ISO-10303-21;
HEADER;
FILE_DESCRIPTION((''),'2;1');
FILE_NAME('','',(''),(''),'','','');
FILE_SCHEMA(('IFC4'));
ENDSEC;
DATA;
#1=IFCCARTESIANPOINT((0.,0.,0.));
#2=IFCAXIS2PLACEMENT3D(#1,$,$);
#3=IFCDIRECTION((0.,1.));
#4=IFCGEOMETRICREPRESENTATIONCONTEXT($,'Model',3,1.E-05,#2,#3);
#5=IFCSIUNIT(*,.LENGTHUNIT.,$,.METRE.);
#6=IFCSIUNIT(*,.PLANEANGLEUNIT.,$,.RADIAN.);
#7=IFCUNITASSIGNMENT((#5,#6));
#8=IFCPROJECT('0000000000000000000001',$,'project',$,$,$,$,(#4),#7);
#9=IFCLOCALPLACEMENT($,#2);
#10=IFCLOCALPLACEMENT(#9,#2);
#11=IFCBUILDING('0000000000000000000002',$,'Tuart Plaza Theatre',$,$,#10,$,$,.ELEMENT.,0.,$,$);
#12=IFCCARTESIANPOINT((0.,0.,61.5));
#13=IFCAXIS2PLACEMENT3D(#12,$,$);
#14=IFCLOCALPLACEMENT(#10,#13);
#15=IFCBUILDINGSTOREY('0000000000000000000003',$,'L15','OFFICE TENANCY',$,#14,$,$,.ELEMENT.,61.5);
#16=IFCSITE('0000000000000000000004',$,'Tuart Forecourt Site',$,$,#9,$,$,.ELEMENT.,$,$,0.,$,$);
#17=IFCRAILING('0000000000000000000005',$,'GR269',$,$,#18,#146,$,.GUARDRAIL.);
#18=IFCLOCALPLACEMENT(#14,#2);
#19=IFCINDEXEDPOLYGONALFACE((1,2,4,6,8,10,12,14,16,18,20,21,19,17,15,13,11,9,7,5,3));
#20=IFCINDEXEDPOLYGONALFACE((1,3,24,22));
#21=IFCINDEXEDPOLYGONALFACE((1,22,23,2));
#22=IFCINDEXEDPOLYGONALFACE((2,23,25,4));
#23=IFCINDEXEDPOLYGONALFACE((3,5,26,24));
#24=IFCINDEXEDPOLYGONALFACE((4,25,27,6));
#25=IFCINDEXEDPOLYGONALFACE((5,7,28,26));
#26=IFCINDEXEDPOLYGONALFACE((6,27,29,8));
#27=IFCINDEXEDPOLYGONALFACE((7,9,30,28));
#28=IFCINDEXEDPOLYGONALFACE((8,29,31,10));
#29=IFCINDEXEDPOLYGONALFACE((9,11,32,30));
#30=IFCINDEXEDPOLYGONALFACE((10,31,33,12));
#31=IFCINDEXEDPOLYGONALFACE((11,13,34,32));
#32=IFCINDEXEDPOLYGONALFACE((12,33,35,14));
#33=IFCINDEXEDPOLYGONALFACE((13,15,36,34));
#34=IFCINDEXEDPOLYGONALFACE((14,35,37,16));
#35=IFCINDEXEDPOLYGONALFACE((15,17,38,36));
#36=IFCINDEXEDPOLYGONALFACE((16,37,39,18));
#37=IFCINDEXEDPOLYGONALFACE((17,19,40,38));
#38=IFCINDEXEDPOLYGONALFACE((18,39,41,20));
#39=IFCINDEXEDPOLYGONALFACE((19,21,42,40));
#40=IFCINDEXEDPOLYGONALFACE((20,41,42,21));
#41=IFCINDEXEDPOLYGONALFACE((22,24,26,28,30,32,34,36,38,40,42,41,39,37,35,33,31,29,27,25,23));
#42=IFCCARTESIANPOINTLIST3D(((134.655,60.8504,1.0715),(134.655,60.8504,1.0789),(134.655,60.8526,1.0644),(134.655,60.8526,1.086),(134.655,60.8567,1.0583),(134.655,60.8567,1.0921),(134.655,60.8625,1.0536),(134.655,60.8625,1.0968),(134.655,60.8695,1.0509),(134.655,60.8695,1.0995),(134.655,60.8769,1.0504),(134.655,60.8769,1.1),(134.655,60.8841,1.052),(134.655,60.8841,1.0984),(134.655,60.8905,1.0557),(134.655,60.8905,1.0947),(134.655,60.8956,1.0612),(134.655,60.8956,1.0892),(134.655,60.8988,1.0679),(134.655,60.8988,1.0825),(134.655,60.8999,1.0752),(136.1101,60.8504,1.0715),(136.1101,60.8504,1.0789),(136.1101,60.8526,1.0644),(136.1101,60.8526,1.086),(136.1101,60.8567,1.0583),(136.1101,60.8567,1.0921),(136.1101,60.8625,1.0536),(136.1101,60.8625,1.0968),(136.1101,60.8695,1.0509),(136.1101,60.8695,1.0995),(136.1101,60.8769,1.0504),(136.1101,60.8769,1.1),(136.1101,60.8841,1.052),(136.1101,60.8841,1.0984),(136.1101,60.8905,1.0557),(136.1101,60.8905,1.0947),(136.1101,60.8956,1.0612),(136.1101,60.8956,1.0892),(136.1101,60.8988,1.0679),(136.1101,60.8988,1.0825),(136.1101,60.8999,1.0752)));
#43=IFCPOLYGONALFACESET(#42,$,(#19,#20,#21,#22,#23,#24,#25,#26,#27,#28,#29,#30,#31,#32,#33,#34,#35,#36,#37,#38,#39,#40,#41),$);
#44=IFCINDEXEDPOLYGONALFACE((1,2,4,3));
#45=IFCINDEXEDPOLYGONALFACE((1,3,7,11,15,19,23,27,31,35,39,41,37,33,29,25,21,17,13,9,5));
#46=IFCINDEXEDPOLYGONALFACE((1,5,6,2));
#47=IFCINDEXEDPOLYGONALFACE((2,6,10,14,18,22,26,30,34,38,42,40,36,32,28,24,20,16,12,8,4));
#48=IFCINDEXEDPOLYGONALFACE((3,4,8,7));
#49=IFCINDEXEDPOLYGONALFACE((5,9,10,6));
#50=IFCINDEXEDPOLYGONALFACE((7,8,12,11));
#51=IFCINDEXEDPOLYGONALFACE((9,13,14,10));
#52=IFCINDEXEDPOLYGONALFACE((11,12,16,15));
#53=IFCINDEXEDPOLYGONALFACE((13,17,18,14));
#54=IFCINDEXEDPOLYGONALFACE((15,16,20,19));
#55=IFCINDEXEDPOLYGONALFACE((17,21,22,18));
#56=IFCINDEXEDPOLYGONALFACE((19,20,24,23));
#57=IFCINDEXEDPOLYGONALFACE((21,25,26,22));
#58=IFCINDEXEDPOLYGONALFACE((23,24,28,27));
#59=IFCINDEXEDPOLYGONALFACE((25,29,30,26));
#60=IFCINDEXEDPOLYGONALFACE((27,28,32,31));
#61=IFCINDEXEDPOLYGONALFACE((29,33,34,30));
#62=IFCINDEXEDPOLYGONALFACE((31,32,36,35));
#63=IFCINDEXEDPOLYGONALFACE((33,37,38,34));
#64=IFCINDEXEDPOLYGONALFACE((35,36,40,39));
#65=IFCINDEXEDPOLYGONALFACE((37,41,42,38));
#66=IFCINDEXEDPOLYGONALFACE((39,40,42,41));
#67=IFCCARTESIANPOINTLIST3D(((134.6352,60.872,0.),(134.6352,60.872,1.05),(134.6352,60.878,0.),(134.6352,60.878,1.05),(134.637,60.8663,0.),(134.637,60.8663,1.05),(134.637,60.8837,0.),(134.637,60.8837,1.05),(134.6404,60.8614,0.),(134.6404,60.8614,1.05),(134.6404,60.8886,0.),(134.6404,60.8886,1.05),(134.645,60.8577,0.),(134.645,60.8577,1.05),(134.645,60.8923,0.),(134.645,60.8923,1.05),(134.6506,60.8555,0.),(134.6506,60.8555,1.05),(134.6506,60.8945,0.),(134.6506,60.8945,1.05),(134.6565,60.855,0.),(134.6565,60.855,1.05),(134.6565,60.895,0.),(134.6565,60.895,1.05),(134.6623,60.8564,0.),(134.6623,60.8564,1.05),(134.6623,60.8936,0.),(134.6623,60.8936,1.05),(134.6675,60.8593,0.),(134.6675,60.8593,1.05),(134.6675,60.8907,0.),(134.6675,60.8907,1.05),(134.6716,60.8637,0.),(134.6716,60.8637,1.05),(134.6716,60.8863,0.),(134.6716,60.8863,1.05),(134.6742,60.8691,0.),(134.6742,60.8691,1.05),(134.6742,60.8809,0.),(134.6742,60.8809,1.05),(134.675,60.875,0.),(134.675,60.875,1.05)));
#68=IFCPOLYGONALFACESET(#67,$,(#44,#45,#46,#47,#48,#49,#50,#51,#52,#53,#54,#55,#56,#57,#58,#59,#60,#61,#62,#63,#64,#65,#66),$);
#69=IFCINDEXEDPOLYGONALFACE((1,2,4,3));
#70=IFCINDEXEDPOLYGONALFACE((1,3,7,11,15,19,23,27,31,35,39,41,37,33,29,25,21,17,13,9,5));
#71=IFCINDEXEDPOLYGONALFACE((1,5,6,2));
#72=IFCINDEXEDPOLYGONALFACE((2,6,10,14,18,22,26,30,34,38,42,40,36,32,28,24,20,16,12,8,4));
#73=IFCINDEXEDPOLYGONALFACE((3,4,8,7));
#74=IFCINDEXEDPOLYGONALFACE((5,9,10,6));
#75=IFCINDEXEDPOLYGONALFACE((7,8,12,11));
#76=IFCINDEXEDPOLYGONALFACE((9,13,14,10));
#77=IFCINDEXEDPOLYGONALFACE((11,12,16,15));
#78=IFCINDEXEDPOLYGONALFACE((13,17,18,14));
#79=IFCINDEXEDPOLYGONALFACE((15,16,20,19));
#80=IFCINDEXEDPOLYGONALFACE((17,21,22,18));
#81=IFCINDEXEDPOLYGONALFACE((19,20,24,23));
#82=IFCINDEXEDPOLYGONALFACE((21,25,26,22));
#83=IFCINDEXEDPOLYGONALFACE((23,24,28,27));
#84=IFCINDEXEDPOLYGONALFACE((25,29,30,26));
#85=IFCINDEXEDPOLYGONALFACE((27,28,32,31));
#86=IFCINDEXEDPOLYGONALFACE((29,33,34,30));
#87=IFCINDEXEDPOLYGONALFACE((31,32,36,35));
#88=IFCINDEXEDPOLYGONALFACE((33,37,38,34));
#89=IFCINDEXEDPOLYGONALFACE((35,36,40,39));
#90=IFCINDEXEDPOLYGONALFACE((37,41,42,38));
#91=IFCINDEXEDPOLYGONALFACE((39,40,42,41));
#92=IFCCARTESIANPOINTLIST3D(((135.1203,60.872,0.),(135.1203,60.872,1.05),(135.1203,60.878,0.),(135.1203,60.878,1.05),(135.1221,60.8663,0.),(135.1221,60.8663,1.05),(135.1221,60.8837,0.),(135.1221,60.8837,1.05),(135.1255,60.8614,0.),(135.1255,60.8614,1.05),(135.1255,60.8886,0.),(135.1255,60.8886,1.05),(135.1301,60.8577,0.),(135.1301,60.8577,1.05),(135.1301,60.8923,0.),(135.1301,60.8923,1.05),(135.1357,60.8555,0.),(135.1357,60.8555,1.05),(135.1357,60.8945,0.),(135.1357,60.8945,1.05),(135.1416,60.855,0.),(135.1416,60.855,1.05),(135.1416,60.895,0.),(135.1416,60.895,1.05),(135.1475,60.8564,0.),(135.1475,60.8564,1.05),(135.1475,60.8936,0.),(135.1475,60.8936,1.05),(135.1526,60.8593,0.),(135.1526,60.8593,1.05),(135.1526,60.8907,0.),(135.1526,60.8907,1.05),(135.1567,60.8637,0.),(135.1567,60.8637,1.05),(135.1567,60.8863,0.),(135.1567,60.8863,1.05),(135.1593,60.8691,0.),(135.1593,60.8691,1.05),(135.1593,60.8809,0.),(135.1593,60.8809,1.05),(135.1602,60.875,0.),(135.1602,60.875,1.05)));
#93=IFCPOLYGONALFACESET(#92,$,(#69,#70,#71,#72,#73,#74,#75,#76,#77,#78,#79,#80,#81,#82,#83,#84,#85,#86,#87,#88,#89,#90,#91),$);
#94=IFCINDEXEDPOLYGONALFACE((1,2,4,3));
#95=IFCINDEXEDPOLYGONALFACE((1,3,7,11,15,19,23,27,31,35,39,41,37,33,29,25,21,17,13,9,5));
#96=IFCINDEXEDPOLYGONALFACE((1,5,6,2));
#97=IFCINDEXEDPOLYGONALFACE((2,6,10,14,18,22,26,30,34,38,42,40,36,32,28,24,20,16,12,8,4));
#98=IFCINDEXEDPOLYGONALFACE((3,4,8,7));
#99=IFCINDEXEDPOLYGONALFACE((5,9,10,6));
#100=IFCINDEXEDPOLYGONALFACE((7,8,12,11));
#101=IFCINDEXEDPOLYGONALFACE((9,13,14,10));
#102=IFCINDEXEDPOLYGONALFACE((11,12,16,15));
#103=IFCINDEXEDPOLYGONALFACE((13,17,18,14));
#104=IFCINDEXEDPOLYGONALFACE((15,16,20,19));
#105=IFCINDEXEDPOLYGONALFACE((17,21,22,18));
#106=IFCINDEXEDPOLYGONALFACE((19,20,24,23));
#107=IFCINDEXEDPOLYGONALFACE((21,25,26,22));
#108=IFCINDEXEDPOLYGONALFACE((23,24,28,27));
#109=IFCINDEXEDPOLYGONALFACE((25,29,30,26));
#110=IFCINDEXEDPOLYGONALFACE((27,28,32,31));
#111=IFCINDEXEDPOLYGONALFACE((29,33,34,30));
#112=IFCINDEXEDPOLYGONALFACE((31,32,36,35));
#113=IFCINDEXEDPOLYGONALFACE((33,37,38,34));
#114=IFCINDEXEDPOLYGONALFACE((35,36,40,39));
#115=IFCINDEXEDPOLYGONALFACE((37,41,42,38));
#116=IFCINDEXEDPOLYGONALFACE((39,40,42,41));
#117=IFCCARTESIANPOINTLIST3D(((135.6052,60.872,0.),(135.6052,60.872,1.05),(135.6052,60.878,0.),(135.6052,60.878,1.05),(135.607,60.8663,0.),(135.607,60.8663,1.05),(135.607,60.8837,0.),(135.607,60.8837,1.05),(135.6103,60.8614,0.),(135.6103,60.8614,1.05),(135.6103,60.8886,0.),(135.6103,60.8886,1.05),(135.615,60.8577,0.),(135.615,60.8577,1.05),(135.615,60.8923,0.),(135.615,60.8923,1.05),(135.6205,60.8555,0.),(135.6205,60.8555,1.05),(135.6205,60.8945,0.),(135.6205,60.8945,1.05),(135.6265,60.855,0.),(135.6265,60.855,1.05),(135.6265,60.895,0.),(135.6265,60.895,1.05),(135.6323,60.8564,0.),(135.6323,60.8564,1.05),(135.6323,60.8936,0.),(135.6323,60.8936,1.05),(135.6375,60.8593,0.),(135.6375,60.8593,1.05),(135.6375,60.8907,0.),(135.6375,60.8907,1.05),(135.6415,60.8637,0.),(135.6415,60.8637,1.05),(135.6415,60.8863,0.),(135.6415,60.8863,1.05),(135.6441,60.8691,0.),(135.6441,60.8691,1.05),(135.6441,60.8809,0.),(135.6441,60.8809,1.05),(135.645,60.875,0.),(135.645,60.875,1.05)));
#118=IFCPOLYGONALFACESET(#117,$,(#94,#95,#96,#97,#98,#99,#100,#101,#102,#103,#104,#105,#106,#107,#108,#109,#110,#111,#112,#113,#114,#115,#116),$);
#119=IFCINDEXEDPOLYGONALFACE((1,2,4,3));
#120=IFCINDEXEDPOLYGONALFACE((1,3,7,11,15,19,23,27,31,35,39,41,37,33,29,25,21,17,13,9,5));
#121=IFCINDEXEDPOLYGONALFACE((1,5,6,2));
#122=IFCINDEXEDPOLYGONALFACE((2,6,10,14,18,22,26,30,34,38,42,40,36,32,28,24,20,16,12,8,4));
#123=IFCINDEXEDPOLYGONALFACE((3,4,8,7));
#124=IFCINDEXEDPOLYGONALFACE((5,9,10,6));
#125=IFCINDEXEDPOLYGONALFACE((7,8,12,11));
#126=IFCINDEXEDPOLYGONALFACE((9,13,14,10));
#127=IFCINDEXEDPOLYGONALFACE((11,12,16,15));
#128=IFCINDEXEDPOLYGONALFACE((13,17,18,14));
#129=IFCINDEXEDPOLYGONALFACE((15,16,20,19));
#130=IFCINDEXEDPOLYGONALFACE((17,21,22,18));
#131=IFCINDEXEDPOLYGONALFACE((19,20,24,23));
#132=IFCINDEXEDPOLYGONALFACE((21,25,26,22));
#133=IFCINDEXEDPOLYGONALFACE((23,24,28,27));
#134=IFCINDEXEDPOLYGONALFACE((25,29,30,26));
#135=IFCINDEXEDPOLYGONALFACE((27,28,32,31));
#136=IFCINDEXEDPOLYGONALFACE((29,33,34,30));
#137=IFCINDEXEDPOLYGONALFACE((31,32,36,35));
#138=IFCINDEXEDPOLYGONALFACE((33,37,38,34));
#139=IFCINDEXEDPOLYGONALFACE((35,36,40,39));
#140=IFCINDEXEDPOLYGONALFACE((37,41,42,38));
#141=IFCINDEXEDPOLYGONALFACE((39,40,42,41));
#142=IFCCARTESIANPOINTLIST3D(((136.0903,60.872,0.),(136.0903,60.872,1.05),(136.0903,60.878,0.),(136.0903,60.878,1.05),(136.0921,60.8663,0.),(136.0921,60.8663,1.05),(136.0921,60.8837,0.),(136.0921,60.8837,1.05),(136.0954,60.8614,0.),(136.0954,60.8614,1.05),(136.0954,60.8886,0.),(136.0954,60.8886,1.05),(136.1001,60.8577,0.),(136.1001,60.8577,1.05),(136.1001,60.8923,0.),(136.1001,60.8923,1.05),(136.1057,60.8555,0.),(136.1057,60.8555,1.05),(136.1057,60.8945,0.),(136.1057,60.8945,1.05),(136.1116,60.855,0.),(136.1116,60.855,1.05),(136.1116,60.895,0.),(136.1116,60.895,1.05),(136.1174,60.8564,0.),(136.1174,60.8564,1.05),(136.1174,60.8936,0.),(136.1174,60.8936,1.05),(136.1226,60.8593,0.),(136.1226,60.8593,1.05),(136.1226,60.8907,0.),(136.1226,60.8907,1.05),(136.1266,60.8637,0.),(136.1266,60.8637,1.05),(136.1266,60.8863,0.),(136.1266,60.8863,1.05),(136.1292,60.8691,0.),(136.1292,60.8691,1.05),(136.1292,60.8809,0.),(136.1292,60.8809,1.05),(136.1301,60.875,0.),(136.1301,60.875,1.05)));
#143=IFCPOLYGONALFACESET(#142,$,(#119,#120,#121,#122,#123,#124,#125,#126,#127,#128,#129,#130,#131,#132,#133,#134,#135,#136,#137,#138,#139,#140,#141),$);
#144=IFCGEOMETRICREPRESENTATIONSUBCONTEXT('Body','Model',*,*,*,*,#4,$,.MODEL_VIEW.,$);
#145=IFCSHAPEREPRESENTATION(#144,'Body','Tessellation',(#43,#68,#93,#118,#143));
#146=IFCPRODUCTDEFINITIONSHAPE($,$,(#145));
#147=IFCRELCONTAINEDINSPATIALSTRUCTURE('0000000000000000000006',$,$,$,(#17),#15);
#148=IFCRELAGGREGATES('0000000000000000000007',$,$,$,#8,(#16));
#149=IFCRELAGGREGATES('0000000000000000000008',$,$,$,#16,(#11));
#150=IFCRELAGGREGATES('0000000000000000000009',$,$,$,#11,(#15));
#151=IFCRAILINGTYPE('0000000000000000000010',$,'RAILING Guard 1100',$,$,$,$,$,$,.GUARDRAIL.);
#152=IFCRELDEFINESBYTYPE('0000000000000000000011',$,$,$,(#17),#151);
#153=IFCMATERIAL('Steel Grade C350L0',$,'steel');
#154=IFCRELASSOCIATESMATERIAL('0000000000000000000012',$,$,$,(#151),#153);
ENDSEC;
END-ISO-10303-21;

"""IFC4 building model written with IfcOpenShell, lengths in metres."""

from ifc_helpers import new_model, si_unit, direction, frame, origin, origin_2d, place, context, subcontext, project, spatial, circle, extrude, material, type_object, element, save


model = new_model("IFC4")

# Units and contexts
model_context = context("Model", 3, precision=1e-05, world=origin(), true_north=direction((0.0, 1.0)))
body_context = subcontext(model_context, "Body", "Model", "MODEL_VIEW")
ifc_project = project(units=[si_unit("LENGTHUNIT", "METRE"), si_unit("PLANEANGLEUNIT", "RADIAN")], contexts=[model_context])

# Site, building, storey
site_placement = place(None, origin())
site = spatial("IfcSite", under=ifc_project, at=site_placement, Name="Tuart Forecourt Site", CompositionType="ELEMENT", RefElevation=0.0)
building_placement = place(site_placement, origin())
building = spatial("IfcBuilding", under=site, at=building_placement, Name="Tuart Plaza Theatre", CompositionType="ELEMENT", ElevationOfRefHeight=0.0)
storey_placement = place(building_placement, frame((0.0, 0.0, 61.5)))
storey = spatial("IfcBuildingStorey", under=building, at=storey_placement, Name="L15", Description="OFFICE TENANCY", CompositionType="ELEMENT", Elevation=61.5)

# Railing
ifc_material_1 = material(Name="Steel Grade C350L0", Category="steel")
railing_type_1 = type_object("IfcRailingType", Name="RAILING Guard 1100", PredefinedType="GUARDRAIL", material=ifc_material_1)
railing_placement = place(storey_placement, frame((134.655, 60.875, 0.0)))
element("IfcRailing", 1, at=railing_placement, inside=storey, type_object=railing_type_1, Name="GR269", PredefinedType="GUARDRAIL", context=body_context, shape_type="SweptSolid", body=[
    extrude(circle(Radius=0.0249, at=origin_2d()), frame((0.0, 0.0, 1.0752), z_axis=(1.0, 0.0, 0.0), x_axis=(0.0, 1.0, 0.0)), (0.0, 0.0, 1.0), 1.4551),
    extrude(circle(Radius=0.02, at=origin_2d()), origin(), (0.0, 0.0, 1.0), 1.05),
    extrude(circle(Radius=0.02, at=origin_2d()), frame((0.4851, 0.0, 0.0)), (0.0, 0.0, 1.0), 1.05),
    extrude(circle(Radius=0.02, at=origin_2d()), frame((0.97, 0.0, 0.0)), (0.0, 0.0, 1.0), 1.05),
    extrude(circle(Radius=0.02, at=origin_2d()), frame((1.4551, 0.0, 0.0)), (0.0, 0.0, 1.0), 1.05),
])

save(model, "model.ifc")
